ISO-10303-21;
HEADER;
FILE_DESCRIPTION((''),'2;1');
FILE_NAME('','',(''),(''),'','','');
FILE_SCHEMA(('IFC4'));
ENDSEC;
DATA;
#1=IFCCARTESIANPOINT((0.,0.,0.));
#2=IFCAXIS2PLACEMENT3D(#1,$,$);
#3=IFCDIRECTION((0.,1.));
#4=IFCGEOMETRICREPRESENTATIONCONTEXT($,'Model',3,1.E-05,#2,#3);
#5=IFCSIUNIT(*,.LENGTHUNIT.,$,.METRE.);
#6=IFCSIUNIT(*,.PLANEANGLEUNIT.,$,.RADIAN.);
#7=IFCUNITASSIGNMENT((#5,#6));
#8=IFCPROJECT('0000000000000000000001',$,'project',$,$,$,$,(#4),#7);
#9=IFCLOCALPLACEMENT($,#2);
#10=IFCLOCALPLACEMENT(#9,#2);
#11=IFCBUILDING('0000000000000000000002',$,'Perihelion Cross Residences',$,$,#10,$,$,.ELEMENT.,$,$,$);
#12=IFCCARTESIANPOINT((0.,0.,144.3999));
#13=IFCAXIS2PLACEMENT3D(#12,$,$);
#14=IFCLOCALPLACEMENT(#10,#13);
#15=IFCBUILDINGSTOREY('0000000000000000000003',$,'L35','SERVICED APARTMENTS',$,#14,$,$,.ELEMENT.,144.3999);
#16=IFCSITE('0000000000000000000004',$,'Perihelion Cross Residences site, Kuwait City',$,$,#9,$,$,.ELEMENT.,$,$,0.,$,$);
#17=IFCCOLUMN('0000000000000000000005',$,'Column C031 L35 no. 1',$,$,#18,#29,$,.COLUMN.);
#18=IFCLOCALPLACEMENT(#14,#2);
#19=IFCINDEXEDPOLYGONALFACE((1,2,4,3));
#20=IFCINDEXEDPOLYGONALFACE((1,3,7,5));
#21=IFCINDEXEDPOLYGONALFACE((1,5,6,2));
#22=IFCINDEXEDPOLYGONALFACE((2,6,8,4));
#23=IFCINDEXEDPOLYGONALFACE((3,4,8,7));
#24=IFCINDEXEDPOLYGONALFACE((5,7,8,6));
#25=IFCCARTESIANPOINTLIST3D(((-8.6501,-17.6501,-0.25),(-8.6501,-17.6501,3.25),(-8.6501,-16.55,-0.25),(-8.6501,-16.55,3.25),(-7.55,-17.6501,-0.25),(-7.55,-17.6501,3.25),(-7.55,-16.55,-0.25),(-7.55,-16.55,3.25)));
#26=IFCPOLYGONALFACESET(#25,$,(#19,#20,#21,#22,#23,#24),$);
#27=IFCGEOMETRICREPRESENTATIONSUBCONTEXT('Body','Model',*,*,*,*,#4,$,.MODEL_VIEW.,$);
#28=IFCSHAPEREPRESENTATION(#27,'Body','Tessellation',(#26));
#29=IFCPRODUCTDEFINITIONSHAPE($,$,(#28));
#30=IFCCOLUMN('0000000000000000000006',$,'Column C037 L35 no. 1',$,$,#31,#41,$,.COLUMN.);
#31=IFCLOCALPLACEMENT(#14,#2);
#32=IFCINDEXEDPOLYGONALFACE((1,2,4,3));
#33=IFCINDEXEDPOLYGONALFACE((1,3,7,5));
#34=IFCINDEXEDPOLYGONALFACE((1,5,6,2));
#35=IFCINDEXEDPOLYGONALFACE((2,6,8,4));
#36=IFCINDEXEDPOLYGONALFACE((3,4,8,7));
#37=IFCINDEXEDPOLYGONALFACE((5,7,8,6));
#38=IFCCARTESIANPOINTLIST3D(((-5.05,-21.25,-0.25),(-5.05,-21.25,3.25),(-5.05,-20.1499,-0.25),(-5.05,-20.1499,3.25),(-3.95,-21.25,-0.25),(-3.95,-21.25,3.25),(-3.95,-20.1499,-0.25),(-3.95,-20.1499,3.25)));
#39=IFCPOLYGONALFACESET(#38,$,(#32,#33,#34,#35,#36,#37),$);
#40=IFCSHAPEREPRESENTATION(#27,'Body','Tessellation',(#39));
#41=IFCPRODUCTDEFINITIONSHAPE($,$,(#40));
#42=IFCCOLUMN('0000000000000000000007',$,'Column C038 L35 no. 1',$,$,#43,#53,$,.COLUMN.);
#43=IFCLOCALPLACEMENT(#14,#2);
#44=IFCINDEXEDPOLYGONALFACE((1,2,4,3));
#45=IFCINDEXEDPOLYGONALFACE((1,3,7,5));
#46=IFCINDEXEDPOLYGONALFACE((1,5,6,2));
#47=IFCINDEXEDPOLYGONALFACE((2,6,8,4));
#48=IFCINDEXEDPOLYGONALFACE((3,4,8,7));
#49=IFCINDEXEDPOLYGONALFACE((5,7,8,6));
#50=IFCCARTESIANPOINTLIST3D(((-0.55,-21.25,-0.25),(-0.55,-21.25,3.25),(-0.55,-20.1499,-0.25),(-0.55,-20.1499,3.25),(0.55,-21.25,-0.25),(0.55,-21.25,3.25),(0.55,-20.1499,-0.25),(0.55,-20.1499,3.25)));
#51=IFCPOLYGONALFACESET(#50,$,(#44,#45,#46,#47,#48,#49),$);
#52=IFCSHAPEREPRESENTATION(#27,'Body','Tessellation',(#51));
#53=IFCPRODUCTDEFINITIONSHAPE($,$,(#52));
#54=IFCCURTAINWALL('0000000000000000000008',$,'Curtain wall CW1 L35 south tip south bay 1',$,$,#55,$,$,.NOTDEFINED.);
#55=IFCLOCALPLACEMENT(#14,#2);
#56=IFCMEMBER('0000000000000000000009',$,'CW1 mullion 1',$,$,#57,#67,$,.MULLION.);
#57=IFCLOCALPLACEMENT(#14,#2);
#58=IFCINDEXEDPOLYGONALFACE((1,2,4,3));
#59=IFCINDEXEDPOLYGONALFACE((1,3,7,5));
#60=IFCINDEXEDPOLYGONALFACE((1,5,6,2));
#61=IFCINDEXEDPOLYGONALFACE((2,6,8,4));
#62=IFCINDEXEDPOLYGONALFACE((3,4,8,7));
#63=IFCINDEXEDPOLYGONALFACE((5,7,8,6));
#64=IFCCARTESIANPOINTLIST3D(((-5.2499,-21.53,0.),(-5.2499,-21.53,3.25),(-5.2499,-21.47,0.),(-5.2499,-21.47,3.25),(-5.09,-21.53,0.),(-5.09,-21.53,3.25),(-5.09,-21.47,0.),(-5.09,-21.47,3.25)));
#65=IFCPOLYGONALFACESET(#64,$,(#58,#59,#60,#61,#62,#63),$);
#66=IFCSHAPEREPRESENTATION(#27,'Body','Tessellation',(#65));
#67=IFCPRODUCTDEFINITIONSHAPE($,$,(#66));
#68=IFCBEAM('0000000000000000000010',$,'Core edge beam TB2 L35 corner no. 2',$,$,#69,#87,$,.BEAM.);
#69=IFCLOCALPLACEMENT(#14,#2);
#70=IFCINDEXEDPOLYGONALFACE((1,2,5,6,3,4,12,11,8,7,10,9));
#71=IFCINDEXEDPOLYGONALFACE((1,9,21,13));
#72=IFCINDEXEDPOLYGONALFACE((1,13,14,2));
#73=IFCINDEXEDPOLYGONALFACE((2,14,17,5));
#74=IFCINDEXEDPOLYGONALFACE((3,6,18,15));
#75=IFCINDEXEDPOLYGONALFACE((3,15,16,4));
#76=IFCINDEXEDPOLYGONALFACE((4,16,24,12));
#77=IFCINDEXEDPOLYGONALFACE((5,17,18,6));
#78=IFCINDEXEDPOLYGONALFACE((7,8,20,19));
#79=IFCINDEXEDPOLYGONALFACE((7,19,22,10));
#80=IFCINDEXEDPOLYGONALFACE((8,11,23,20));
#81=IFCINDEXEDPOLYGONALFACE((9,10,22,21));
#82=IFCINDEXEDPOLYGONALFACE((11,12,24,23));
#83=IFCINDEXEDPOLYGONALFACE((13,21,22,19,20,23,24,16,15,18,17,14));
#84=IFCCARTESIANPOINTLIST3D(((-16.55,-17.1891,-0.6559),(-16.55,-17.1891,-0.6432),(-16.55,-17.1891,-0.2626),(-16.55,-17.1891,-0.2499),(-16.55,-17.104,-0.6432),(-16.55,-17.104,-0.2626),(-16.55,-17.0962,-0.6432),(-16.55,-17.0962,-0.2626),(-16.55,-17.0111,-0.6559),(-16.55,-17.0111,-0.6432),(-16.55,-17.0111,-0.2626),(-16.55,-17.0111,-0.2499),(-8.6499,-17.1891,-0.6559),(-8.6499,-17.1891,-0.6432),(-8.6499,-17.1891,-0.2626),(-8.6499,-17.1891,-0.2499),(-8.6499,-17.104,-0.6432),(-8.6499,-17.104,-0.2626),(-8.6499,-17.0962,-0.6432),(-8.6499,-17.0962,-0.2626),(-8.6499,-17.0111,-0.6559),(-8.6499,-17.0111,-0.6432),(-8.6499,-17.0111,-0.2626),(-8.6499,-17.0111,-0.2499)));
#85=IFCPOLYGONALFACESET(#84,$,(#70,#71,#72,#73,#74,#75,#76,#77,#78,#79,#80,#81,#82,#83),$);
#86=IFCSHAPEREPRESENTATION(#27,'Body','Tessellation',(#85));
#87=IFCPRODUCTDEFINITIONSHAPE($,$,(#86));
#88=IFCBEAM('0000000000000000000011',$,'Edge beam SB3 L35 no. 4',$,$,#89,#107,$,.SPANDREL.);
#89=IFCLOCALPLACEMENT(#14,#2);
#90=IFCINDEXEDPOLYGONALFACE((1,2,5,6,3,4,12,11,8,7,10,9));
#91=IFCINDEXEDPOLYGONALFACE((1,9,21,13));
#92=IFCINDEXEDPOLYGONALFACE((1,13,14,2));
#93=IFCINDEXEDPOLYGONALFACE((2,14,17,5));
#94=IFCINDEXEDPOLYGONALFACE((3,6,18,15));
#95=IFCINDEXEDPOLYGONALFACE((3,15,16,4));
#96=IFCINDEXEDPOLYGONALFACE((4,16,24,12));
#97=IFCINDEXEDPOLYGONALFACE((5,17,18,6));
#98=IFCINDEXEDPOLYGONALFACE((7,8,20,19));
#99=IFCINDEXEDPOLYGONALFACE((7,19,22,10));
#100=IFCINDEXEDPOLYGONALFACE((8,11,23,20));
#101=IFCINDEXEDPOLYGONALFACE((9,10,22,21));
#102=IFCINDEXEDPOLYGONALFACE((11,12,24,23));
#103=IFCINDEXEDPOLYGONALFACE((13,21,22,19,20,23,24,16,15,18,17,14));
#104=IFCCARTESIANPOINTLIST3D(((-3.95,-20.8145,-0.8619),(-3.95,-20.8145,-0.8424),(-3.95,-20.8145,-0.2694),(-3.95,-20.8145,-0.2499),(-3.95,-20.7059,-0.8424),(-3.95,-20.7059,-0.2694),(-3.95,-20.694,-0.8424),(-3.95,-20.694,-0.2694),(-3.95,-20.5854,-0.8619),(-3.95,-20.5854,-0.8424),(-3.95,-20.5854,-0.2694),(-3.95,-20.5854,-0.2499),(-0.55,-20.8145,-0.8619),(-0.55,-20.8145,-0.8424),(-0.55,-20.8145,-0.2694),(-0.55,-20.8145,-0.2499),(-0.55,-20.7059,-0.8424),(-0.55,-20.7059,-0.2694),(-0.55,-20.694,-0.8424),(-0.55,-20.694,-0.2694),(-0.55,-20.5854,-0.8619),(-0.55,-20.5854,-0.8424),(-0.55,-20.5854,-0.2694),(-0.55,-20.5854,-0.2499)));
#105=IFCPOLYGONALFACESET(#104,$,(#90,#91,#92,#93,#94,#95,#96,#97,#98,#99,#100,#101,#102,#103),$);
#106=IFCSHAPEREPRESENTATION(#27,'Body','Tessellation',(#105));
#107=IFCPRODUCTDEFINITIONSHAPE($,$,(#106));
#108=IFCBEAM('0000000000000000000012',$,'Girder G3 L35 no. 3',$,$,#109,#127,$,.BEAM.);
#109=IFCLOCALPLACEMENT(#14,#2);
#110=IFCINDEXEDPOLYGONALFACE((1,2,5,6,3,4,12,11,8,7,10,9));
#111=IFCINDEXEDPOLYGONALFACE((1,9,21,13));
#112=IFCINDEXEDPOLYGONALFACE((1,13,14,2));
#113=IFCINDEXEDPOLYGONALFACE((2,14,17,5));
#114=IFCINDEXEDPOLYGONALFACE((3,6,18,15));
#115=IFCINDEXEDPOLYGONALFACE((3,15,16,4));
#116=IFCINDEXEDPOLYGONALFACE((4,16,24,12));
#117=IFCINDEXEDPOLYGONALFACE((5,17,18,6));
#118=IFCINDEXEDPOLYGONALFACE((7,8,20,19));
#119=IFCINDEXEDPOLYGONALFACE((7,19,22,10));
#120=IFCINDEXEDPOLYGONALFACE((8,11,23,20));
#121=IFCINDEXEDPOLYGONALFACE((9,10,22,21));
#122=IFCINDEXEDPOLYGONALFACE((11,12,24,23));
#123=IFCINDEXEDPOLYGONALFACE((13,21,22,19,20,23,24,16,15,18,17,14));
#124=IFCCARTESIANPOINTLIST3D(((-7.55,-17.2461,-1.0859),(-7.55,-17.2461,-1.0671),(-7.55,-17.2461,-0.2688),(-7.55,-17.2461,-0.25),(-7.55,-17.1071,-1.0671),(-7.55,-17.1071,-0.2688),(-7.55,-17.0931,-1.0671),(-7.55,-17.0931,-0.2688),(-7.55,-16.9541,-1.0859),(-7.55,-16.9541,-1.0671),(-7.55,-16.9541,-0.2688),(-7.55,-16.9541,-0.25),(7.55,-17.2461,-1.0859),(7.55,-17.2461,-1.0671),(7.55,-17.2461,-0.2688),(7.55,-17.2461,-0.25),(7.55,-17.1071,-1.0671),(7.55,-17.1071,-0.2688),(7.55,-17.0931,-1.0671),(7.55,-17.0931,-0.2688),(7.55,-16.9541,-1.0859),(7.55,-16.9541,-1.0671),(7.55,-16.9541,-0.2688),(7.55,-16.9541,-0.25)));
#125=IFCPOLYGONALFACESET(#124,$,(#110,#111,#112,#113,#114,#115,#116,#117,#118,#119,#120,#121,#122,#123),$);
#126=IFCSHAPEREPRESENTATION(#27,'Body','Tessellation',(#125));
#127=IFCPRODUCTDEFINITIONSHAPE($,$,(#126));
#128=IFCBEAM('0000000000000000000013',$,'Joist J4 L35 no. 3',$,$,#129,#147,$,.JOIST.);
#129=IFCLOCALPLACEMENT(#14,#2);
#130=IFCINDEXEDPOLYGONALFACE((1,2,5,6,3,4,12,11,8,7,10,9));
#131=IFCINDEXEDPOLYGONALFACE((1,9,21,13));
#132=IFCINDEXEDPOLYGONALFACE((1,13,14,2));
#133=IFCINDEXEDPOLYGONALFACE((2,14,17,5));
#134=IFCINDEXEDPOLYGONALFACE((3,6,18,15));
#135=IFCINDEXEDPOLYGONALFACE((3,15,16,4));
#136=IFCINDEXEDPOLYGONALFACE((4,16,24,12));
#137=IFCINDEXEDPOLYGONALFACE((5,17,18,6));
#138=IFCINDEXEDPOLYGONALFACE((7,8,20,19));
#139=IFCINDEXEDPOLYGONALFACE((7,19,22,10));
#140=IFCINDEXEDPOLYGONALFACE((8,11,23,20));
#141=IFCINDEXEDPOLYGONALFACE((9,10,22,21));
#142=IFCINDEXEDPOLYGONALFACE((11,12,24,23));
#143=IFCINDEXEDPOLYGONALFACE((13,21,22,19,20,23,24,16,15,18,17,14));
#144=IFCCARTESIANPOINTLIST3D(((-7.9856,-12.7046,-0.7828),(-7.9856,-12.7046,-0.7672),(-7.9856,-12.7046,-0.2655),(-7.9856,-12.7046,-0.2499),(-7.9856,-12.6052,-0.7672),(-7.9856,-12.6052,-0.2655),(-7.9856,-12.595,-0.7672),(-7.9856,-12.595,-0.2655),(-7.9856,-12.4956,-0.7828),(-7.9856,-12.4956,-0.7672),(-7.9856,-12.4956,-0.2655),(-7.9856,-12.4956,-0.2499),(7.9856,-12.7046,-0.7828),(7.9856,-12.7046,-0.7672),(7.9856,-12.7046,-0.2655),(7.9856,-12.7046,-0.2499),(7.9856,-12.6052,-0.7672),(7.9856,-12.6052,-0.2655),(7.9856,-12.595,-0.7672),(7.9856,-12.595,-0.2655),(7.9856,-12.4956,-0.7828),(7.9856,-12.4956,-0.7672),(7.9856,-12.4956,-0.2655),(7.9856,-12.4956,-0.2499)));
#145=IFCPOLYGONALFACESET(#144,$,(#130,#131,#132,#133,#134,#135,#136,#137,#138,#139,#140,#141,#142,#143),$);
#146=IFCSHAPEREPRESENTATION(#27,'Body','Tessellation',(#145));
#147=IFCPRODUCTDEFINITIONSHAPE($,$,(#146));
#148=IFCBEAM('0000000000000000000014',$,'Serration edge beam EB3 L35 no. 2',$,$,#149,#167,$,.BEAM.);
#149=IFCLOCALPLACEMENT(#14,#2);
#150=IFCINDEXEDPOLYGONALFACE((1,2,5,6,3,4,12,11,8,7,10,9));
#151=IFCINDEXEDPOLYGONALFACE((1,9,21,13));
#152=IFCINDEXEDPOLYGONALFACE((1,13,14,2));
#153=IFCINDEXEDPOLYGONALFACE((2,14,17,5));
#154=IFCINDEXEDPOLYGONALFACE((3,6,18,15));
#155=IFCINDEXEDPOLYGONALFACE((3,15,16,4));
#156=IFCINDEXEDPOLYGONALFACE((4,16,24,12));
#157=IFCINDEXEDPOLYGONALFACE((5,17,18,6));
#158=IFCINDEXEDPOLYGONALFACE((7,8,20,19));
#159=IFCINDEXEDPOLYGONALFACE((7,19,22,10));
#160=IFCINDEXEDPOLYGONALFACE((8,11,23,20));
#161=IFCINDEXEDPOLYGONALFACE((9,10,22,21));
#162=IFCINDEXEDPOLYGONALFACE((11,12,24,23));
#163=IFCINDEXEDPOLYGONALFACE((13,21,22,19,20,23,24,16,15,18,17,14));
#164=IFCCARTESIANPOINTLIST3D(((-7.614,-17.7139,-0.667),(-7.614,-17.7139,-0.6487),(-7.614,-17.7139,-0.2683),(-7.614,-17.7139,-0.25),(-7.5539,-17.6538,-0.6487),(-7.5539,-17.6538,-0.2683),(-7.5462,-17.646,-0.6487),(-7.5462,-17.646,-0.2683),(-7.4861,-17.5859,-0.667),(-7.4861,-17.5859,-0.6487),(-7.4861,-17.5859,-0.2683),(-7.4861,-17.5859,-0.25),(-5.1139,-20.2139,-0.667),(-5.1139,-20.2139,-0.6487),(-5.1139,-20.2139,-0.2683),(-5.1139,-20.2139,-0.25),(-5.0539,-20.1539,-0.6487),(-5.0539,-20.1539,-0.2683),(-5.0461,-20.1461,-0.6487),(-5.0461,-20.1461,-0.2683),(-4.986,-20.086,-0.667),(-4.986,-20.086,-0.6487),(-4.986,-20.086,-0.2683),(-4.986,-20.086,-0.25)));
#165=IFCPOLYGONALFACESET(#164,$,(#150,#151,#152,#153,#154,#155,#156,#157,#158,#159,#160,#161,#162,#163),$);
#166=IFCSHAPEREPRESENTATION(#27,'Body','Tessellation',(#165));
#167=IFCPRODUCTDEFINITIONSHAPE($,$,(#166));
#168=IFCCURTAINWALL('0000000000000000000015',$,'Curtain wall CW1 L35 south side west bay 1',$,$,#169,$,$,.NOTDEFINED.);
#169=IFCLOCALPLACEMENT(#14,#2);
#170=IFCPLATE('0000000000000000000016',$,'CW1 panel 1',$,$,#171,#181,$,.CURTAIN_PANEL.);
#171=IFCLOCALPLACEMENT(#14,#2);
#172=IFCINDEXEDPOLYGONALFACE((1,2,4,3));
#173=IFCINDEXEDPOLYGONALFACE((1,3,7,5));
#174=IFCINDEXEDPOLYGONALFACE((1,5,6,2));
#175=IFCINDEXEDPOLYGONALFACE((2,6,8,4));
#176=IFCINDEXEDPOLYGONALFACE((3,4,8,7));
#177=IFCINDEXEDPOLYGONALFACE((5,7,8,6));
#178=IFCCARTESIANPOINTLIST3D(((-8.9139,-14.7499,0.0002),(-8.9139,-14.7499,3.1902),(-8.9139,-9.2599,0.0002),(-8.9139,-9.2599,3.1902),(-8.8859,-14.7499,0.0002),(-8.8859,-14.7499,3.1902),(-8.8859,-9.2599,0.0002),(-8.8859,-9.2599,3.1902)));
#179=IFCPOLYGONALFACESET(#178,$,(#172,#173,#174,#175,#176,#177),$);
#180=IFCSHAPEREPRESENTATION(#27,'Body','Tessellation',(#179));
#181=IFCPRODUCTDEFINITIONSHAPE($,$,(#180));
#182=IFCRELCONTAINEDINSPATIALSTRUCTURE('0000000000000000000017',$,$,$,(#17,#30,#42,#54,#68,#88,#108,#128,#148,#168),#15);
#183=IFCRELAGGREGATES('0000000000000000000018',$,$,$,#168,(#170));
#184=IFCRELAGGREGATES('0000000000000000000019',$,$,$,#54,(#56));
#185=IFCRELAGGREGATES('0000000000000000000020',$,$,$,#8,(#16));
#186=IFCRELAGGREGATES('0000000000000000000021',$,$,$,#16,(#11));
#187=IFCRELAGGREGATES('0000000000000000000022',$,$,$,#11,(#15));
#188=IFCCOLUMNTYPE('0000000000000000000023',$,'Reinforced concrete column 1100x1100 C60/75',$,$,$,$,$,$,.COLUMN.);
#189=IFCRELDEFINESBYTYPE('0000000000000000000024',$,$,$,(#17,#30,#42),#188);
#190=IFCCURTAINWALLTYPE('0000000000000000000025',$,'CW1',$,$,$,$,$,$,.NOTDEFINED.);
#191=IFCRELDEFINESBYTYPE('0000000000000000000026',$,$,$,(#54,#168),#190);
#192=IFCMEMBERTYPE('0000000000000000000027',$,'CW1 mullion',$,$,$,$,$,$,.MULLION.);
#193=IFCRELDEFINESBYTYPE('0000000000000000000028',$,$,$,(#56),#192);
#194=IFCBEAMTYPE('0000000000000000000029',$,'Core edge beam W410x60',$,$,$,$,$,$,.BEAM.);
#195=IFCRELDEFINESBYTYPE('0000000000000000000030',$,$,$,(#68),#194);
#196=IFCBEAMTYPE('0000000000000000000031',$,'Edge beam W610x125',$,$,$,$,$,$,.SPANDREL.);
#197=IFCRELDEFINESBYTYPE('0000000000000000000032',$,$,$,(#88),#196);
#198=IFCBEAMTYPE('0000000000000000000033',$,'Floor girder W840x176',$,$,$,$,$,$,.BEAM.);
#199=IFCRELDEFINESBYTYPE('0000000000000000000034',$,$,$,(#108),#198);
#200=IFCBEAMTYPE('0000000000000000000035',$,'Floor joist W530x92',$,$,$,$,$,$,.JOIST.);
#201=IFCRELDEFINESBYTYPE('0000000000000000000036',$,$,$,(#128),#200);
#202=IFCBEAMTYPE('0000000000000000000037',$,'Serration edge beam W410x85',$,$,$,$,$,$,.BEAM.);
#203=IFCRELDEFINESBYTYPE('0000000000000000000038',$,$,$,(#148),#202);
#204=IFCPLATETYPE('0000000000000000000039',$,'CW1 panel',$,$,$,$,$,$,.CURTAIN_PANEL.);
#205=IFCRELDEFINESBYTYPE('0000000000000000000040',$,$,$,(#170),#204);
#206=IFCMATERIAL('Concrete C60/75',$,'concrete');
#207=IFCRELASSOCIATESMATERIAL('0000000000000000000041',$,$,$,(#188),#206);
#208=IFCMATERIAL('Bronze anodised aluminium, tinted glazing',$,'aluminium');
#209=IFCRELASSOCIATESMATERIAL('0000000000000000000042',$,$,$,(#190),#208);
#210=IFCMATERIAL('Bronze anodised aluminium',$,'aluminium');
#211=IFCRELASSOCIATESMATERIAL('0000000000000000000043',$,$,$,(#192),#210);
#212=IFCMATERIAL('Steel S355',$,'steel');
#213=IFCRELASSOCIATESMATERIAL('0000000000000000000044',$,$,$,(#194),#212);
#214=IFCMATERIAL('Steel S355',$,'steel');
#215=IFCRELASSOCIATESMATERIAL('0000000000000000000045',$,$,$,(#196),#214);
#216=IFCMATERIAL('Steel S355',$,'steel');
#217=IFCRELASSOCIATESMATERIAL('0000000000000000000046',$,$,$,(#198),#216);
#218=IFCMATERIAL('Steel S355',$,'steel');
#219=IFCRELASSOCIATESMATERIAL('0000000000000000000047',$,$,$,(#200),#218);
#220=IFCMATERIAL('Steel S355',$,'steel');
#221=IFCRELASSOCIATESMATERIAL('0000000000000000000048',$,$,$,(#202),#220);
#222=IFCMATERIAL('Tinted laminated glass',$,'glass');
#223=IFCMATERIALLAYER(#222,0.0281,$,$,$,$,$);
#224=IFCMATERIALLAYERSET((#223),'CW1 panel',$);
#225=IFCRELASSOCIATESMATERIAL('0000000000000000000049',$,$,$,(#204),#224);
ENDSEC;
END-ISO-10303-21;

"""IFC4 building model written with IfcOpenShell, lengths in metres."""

from ifc_helpers import new_model, si_unit, direction, frame, origin, origin_2d, place, context, subcontext, project, spatial, rectangle, i_section, extrude, material, layer, layer_set, material_profile, profile_set, type_object, element, aggregate, save


model = new_model("IFC4")

# Units and contexts
model_context = context("Model", 3, precision=1e-05, world=origin(), true_north=direction((0.0, 1.0)))
body_context = subcontext(model_context, "Body", "Model", "MODEL_VIEW")
ifc_project = project(units=[si_unit("LENGTHUNIT", "METRE"), si_unit("PLANEANGLEUNIT", "RADIAN")], contexts=[model_context])

# Site, building, storey
site_placement = place(None, origin())
site = spatial("IfcSite", under=ifc_project, at=site_placement, Name="Perihelion Cross Residences site, Kuwait City", CompositionType="ELEMENT", RefElevation=0.0)
building_placement = place(site_placement, origin())
building = spatial("IfcBuilding", under=site, at=building_placement, Name="Perihelion Cross Residences", CompositionType="ELEMENT")
storey_placement = place(building_placement, frame((0.0, 0.0, 144.3999)))
storey = spatial("IfcBuildingStorey", under=building, at=storey_placement, Name="L35", Description="SERVICED APARTMENTS", CompositionType="ELEMENT", Elevation=144.3999)

# Columns
ifc_material_1 = material(Name="Concrete C60/75", Category="concrete")
ifc_material_profile_1 = material_profile(ifc_material_1, rectangle(XDim=1.1001, YDim=1.1001, at=origin_2d()), Name="RC 1100x1100")
ifc_profile_set_1 = profile_set([ifc_material_profile_1], Name="Concrete C60/75")
column_type = type_object("IfcColumnType", Name="Reinforced concrete column 1100x1100 C60/75", PredefinedType="COLUMN", material=ifc_profile_set_1)
for number, where, z_axis, x_axis, name in (
    (1, (-8.1001, -17.1001, -0.25), (0.0, 0.0, 1.0), (1.0, 0.0, 0.0), "Column C031 L35 no. 1"),
    (2, (-4.5, -20.7, -0.25), (0.0, 0.0, 1.0), (1.0, 0.0, 0.0), "Column C037 L35 no. 1"),
    (3, (0.0, -20.7, -0.25), (0.0, 0.0, 1.0), (1.0, 0.0, 0.0), "Column C038 L35 no. 1"),
):
    element("IfcColumn", number, at=place(storey_placement, frame(where, z_axis=z_axis, x_axis=x_axis)), inside=storey, type_object=column_type, Name=name, PredefinedType="COLUMN", context=body_context, shape_type="SweptSolid", body=[
        extrude(rectangle(XDim=1.1001, YDim=1.1001, at=origin_2d()), origin(), (0.0, 0.0, 1.0), 3.5),
    ])

# Curtain wall, member
ifc_material_2 = material(Name="Bronze anodised aluminium, tinted glazing", Category="aluminium")
curtain_wall_type = type_object("IfcCurtainWallType", Name="CW1", PredefinedType="NOTDEFINED", material=ifc_material_2)
curtain_wall_1_placement = place(storey_placement, origin())
curtain_wall_1 = element("IfcCurtainWall", 4, at=curtain_wall_1_placement, inside=storey, type_object=curtain_wall_type, Name="Curtain wall CW1 L35 south tip south bay 1", PredefinedType="NOTDEFINED")
ifc_material_3 = material(Name="Bronze anodised aluminium", Category="aluminium")
ifc_material_profile_2 = material_profile(ifc_material_3, rectangle(XDim=0.0601, YDim=0.1599, at=origin_2d()), Name="CW1 mullion")
ifc_profile_set_2 = profile_set([ifc_material_profile_2], Name="Bronze anodised aluminium")
member_type = type_object("IfcMemberType", Name="CW1 mullion", PredefinedType="MULLION", material=ifc_profile_set_2)
member_placement = place(storey_placement, frame((-5.1699, -21.5, 0.0), z_axis=(0.0, 0.0, 1.0), x_axis=(0.0, 1.0, 0.0)))
member = element("IfcMember", 5, at=member_placement, type_object=member_type, Name="CW1 mullion 1", PredefinedType="MULLION", context=body_context, shape_type="SweptSolid", body=[
    extrude(rectangle(XDim=0.0601, YDim=0.1599, at=origin_2d()), origin(), (0.0, 0.0, 1.0), 3.25),
])

# Beams
ifc_material_4 = material(Name="Steel S355", Category="steel")
ifc_material_profile_3 = material_profile(ifc_material_4, i_section(OverallWidth=0.178, OverallDepth=0.406, WebThickness=0.0078, FlangeThickness=0.0127, at=origin_2d()), Name="W410x60")
ifc_profile_set_3 = profile_set([ifc_material_profile_3], Name="Steel S355")
beam_type_1 = type_object("IfcBeamType", Name="Core edge beam W410x60", PredefinedType="BEAM", material=ifc_profile_set_3)
beam_1_placement = place(storey_placement, frame((-8.6499, -17.1001, -0.4529), z_axis=(-1.0, 0.0, 0.0), x_axis=(0.0, -1.0, 0.0)))
element("IfcBeam", 6, at=beam_1_placement, inside=storey, type_object=beam_type_1, Name="Core edge beam TB2 L35 corner no. 2", PredefinedType="BEAM", context=body_context, shape_type="SweptSolid", body=[
    extrude(i_section(OverallWidth=0.178, OverallDepth=0.406, WebThickness=0.0078, FlangeThickness=0.0127, at=origin_2d()), origin(), (0.0, 0.0, 1.0), 7.9001),
])
ifc_material_5 = material(Name="Steel S355", Category="steel")
ifc_material_profile_4 = material_profile(ifc_material_5, i_section(OverallWidth=0.229, OverallDepth=0.6121, WebThickness=0.012, FlangeThickness=0.0195, at=origin_2d()), Name="W610x125")
ifc_profile_set_4 = profile_set([ifc_material_profile_4], Name="Steel S355")
beam_type_2 = type_object("IfcBeamType", Name="Edge beam W610x125", PredefinedType="SPANDREL", material=ifc_profile_set_4)
beam_2_placement = place(storey_placement, frame((-3.95, -20.7, -0.5559), z_axis=(1.0, 0.0, 0.0), x_axis=(0.0, 1.0, 0.0)))
element("IfcBeam", 7, at=beam_2_placement, inside=storey, type_object=beam_type_2, Name="Edge beam SB3 L35 no. 4", PredefinedType="SPANDREL", context=body_context, shape_type="SweptSolid", body=[
    extrude(i_section(OverallWidth=0.229, OverallDepth=0.6121, WebThickness=0.012, FlangeThickness=0.0195, at=origin_2d()), origin(), (0.0, 0.0, 1.0), 3.3999),
])
ifc_material_6 = material(Name="Steel S355", Category="steel")
ifc_material_profile_5 = material_profile(ifc_material_6, i_section(OverallWidth=0.292, OverallDepth=0.8359, WebThickness=0.0139, FlangeThickness=0.0188, at=origin_2d()), Name="W840x176")
ifc_profile_set_5 = profile_set([ifc_material_profile_5], Name="Steel S355")
beam_type_3 = type_object("IfcBeamType", Name="Floor girder W840x176", PredefinedType="BEAM", material=ifc_profile_set_5)
beam_3_placement = place(storey_placement, frame((-7.55, -17.1001, -0.668), z_axis=(1.0, 0.0, 0.0), x_axis=(0.0, 1.0, 0.0)))
element("IfcBeam", 8, at=beam_3_placement, inside=storey, type_object=beam_type_3, Name="Girder G3 L35 no. 3", PredefinedType="BEAM", context=body_context, shape_type="SweptSolid", body=[
    extrude(i_section(OverallWidth=0.292, OverallDepth=0.8359, WebThickness=0.0139, FlangeThickness=0.0188, at=origin_2d()), origin(), (0.0, 0.0, 1.0), 15.1001),
])
ifc_material_7 = material(Name="Steel S355", Category="steel")
ifc_material_profile_6 = material_profile(ifc_material_7, i_section(OverallWidth=0.209, OverallDepth=0.533, WebThickness=0.0103, FlangeThickness=0.0156, at=origin_2d()), Name="W530x92")
ifc_profile_set_6 = profile_set([ifc_material_profile_6], Name="Steel S355")
beam_type_4 = type_object("IfcBeamType", Name="Floor joist W530x92", PredefinedType="JOIST", material=ifc_profile_set_6)
beam_4_placement = place(storey_placement, frame((-7.9856, -12.6001, -0.5164), z_axis=(1.0, 0.0, 0.0), x_axis=(0.0, 1.0, 0.0)))
element("IfcBeam", 9, at=beam_4_placement, inside=storey, type_object=beam_type_4, Name="Joist J4 L35 no. 3", PredefinedType="JOIST", context=body_context, shape_type="SweptSolid", body=[
    extrude(i_section(OverallWidth=0.209, OverallDepth=0.533, WebThickness=0.0103, FlangeThickness=0.0156, at=origin_2d()), origin(), (0.0, 0.0, 1.0), 15.9712),
])
ifc_material_8 = material(Name="Steel S355", Category="steel")
ifc_material_profile_7 = material_profile(ifc_material_8, i_section(OverallWidth=0.1809, OverallDepth=0.417, WebThickness=0.011, FlangeThickness=0.0183, at=origin_2d()), Name="W410x85")
ifc_profile_set_7 = profile_set([ifc_material_profile_7], Name="Steel S355")
beam_type_5 = type_object("IfcBeamType", Name="Serration edge beam W410x85", PredefinedType="BEAM", material=ifc_profile_set_7)
beam_5_placement = place(storey_placement, frame((-7.55, -17.6499, -0.4585), z_axis=(0.707107, -0.707107, 0.0), x_axis=(0.707107, 0.707107, 0.0)))
element("IfcBeam", 10, at=beam_5_placement, inside=storey, type_object=beam_type_5, Name="Serration edge beam EB3 L35 no. 2", PredefinedType="BEAM", context=body_context, shape_type="SweptSolid", body=[
    extrude(i_section(OverallWidth=0.1809, OverallDepth=0.417, WebThickness=0.011, FlangeThickness=0.0183, at=origin_2d()), origin(), (0.0, 0.0, 1.0), 3.5356),
])

# Curtain wall, plate
curtain_wall_2_placement = place(storey_placement, origin())
curtain_wall_2 = element("IfcCurtainWall", 11, at=curtain_wall_2_placement, inside=storey, type_object=curtain_wall_type, Name="Curtain wall CW1 L35 south side west bay 1", PredefinedType="NOTDEFINED")
ifc_material_9 = material(Name="Tinted laminated glass", Category="glass")
ifc_layer_1 = layer(ifc_material_9, 0.0281)
ifc_layer_set_1 = layer_set([ifc_layer_1], Name="CW1 panel")
plate_type = type_object("IfcPlateType", Name="CW1 panel", PredefinedType="CURTAIN_PANEL", material=ifc_layer_set_1)
plate_1_placement = place(storey_placement, frame((-8.8999, -12.0049, 0.0002), z_axis=(0.0, 0.0, 1.0), x_axis=(0.0, -1.0, 0.0)))
plate_1 = element("IfcPlate", 12, at=plate_1_placement, type_object=plate_type, Name="CW1 panel 1", PredefinedType="CURTAIN_PANEL", context=body_context, shape_type="SweptSolid", body=[
    extrude(rectangle(XDim=5.49, YDim=0.0281, at=origin_2d()), origin(), (0.0, 0.0, 1.0), 3.1899),
])
aggregate(curtain_wall_2, [plate_1])

aggregate(curtain_wall_1, [member])

save(model, "model.ifc")
